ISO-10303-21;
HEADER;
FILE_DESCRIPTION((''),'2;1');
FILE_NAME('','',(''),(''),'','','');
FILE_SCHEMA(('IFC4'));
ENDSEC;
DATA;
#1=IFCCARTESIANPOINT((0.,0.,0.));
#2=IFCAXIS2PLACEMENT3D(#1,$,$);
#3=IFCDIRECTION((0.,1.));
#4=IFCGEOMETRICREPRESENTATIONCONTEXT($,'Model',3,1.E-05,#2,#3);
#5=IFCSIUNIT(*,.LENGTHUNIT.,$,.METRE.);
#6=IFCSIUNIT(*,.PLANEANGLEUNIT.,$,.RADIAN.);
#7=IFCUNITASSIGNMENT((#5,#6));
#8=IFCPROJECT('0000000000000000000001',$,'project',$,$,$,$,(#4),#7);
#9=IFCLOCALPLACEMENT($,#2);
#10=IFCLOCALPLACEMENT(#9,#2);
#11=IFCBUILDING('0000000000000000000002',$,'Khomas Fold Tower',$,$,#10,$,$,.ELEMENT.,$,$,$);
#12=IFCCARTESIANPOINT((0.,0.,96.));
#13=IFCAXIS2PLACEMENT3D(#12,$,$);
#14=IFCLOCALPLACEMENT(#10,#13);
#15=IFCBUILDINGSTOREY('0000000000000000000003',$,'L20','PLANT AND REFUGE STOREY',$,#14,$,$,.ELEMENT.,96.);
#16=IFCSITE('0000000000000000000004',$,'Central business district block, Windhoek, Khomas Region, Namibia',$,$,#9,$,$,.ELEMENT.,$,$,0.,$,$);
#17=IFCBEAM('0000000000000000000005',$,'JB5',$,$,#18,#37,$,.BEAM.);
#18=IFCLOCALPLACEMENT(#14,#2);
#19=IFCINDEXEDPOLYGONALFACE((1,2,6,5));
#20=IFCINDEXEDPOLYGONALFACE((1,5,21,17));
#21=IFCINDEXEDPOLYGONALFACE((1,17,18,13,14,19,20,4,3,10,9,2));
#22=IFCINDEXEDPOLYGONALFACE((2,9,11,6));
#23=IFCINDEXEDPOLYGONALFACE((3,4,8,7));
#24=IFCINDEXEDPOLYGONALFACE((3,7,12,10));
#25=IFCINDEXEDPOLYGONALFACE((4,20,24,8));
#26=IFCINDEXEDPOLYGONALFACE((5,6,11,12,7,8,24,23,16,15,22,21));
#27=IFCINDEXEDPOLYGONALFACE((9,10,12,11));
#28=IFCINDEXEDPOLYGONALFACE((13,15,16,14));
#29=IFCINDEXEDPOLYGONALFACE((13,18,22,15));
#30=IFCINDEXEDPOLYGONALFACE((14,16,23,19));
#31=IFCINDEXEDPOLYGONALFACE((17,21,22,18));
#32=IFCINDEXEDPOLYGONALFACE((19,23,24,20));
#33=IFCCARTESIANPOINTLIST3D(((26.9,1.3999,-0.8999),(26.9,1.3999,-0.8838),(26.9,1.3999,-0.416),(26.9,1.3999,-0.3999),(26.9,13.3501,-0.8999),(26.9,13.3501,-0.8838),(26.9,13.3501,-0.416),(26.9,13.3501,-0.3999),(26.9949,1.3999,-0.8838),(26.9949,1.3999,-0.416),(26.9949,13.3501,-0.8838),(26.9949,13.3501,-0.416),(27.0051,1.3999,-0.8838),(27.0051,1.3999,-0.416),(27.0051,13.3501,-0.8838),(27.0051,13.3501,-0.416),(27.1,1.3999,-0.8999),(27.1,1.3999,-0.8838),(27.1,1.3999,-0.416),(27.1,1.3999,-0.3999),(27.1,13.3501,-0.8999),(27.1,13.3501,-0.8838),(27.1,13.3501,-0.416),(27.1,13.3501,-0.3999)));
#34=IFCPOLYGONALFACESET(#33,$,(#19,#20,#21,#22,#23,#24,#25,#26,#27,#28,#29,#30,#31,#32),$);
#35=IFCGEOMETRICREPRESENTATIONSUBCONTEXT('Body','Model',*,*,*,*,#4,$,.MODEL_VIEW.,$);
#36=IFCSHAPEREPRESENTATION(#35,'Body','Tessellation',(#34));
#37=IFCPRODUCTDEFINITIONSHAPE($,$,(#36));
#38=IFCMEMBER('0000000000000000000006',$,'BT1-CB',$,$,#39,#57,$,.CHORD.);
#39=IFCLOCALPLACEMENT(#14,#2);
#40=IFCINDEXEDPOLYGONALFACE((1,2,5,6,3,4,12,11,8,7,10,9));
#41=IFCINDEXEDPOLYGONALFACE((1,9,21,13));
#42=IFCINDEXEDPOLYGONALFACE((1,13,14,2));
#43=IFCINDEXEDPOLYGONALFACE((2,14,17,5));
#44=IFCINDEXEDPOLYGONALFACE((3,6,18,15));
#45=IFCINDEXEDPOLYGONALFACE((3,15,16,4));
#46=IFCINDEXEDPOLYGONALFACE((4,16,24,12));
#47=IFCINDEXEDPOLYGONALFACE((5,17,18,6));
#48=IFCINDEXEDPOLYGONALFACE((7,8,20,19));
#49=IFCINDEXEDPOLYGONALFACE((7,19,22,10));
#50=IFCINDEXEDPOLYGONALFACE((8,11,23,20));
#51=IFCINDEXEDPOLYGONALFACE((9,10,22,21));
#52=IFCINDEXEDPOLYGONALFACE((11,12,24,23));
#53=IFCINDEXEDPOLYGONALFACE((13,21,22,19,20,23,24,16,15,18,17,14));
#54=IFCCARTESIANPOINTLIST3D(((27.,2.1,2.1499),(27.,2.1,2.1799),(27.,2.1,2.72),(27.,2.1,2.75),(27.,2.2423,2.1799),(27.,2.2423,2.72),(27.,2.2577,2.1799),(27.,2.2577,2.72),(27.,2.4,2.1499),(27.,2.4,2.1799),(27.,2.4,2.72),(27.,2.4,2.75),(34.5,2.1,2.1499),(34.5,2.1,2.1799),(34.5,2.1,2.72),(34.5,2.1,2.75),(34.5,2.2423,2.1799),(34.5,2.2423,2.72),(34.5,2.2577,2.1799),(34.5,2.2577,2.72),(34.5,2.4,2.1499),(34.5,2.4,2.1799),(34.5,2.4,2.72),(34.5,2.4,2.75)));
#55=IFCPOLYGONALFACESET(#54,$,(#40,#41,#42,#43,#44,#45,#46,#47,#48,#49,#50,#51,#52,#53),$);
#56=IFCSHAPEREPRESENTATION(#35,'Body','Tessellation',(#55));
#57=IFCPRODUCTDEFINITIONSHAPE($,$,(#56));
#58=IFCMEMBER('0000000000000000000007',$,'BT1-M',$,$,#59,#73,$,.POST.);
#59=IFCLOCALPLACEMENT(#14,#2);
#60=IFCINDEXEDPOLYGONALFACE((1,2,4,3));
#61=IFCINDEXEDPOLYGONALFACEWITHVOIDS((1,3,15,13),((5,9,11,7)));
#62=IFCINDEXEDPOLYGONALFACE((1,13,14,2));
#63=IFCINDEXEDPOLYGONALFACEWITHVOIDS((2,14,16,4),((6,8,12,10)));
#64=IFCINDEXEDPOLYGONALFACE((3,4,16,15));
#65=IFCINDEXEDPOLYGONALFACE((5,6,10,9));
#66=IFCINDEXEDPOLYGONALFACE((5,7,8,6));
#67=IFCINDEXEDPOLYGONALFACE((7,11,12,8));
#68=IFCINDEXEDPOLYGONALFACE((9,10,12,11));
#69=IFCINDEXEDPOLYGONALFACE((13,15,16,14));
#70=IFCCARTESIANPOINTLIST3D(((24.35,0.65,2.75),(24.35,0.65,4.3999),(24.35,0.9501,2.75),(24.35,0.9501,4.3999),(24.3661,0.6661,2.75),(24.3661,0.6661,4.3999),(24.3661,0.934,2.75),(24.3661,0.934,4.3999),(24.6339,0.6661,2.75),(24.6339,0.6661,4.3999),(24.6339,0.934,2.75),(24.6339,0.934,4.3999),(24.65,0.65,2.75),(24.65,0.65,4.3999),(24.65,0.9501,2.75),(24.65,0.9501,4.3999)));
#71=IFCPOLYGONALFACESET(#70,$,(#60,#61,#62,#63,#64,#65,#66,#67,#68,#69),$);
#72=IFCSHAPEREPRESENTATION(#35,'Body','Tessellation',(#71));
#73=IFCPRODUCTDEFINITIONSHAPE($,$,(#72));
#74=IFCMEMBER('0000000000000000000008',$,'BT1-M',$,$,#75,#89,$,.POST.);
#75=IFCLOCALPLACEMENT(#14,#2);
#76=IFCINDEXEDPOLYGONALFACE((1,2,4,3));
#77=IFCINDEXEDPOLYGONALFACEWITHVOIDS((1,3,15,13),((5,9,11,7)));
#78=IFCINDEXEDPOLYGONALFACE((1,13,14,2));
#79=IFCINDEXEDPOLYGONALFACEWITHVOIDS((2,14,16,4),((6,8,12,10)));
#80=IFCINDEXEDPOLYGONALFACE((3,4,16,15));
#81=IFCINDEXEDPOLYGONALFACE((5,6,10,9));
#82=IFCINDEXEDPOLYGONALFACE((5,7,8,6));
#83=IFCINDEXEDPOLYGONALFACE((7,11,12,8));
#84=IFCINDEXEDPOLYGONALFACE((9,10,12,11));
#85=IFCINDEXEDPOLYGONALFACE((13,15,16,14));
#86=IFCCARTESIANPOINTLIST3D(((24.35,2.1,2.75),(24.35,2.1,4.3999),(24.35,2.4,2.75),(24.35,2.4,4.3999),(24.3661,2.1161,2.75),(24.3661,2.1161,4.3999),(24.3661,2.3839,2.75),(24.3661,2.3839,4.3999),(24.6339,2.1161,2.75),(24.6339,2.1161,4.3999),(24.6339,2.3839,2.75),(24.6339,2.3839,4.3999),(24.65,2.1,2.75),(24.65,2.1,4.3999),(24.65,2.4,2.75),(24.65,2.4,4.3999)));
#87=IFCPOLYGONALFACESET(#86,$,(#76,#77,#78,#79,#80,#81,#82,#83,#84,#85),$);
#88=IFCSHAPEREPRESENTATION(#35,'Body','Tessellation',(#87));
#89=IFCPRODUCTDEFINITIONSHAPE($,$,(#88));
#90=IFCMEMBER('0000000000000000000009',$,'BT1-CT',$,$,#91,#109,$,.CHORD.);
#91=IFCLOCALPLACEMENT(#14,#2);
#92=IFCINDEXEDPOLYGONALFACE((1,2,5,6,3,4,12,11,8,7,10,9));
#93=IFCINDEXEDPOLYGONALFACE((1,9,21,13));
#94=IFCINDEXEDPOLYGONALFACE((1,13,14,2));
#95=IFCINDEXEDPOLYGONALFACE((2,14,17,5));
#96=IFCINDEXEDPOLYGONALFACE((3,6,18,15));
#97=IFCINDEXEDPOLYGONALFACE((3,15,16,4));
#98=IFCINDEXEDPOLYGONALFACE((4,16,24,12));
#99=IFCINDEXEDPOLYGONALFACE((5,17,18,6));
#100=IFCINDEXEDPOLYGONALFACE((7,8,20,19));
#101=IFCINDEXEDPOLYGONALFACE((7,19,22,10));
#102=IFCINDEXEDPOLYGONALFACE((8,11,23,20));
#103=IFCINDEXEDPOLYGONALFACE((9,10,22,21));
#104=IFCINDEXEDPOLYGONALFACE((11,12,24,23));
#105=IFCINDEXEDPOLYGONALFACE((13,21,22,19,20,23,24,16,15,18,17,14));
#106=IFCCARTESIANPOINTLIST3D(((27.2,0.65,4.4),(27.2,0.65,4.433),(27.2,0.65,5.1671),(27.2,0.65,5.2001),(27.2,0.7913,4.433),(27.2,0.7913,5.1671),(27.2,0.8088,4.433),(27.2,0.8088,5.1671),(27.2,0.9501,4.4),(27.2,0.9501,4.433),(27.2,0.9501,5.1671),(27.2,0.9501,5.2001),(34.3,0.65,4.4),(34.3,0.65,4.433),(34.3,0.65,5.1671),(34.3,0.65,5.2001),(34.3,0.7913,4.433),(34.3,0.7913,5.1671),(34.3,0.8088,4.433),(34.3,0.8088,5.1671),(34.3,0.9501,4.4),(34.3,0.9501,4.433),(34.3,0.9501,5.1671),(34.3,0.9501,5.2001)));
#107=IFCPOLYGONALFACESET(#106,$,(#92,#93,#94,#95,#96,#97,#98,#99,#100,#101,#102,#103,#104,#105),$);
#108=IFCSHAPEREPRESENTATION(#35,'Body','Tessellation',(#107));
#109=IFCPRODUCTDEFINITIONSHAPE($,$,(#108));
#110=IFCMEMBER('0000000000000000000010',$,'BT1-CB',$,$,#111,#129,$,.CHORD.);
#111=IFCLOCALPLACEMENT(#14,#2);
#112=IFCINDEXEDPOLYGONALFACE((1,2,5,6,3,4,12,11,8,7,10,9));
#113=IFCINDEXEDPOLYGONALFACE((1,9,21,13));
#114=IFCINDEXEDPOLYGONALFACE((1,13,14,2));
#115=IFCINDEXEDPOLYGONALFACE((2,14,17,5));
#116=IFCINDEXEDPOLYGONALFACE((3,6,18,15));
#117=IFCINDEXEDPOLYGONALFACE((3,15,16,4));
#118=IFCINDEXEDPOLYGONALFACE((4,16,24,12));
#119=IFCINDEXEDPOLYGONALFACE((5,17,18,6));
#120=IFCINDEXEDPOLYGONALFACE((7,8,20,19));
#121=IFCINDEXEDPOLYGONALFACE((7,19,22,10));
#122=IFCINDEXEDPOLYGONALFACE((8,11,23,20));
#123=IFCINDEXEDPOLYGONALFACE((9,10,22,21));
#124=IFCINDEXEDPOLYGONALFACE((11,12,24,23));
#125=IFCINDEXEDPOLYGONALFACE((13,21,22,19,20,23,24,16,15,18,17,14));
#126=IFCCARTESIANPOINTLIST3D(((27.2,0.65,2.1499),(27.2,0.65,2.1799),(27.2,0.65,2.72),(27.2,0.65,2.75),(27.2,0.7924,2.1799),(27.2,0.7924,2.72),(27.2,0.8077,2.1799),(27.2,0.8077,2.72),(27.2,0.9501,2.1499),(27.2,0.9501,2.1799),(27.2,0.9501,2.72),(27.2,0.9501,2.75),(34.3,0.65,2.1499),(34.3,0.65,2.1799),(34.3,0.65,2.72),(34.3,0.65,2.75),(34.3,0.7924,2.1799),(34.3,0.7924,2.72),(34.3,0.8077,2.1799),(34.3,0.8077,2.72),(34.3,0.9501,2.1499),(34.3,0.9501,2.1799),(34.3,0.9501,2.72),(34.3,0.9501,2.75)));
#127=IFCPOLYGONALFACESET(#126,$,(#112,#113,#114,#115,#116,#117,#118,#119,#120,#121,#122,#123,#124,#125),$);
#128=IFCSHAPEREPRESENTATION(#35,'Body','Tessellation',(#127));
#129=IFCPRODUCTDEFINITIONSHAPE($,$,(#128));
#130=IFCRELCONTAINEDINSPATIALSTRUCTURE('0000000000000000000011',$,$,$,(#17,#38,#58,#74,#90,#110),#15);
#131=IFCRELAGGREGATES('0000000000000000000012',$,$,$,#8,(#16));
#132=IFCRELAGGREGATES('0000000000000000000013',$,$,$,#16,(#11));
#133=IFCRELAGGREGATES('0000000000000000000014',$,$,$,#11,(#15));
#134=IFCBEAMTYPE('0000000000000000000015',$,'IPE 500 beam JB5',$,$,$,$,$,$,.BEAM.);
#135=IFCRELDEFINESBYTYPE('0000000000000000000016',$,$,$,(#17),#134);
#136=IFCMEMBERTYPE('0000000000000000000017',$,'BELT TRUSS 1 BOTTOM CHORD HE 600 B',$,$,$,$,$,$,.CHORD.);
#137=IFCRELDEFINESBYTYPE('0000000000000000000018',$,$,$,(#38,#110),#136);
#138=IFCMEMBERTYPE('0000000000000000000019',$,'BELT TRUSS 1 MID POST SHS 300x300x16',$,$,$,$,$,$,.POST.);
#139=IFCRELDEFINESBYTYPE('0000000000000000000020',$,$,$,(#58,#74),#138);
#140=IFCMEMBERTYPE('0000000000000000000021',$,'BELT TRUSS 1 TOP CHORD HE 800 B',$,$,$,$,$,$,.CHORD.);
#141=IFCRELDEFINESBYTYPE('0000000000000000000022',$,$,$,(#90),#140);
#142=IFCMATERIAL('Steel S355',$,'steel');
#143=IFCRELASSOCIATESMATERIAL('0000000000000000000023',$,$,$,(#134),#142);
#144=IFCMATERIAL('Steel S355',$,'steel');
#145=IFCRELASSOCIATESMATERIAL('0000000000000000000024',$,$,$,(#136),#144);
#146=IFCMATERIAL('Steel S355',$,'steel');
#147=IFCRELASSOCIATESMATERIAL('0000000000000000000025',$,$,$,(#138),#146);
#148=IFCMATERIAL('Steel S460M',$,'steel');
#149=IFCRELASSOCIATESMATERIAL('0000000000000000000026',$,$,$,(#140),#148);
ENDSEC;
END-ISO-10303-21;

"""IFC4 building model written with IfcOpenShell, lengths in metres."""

from ifc_helpers import new_model, si_unit, direction, frame, origin, origin_2d, place, context, subcontext, project, spatial, hollow_rectangle, i_section, extrude, source, transform, mapped, material, material_profile, profile_set, type_object, element, save


model = new_model("IFC4")

# Units and contexts
model_context = context("Model", 3, precision=1e-05, world=origin(), true_north=direction((0.0, 1.0)))
body_context = subcontext(model_context, "Body", "Model", "MODEL_VIEW")
ifc_project = project(units=[si_unit("LENGTHUNIT", "METRE"), si_unit("PLANEANGLEUNIT", "RADIAN")], contexts=[model_context])

# Site, building, storey
site_placement = place(None, origin())
site = spatial("IfcSite", under=ifc_project, at=site_placement, Name="Central business district block, Windhoek, Khomas Region, Namibia", CompositionType="ELEMENT", RefElevation=0.0)
building_placement = place(site_placement, origin())
building = spatial("IfcBuilding", under=site, at=building_placement, Name="Khomas Fold Tower", CompositionType="ELEMENT")
storey_placement = place(building_placement, frame((0.0, 0.0, 96.0)))
storey = spatial("IfcBuildingStorey", under=building, at=storey_placement, Name="L20", Description="PLANT AND REFUGE STOREY", CompositionType="ELEMENT", Elevation=96.0)

# Beam
ifc_material_1 = material(Name="Steel S355", Category="steel")
ifc_material_profile_1 = material_profile(ifc_material_1, i_section(OverallWidth=0.2, OverallDepth=0.5, WebThickness=0.0103, FlangeThickness=0.0161, at=origin_2d()), Name="IPE 500")
ifc_profile_set_1 = profile_set([ifc_material_profile_1], Name="Steel S355")
beam_type_1 = type_object("IfcBeamType", Name="IPE 500 beam JB5", PredefinedType="BEAM", material=ifc_profile_set_1)
shared_shape_1 = source(origin(), body_context, "Body", "SweptSolid", [
    extrude(i_section(OverallWidth=0.2, OverallDepth=0.5, WebThickness=0.0103, FlangeThickness=0.0161, at=origin_2d()), origin(), (0.0, 0.0, 1.0), 11.9502),
])
beam_1_placement = place(storey_placement, frame((27.0, 1.3999, -0.6499), z_axis=(0.0, 1.0, 0.0), x_axis=(-1.0, 0.0, 0.0)))
element("IfcBeam", 1, at=beam_1_placement, inside=storey, type_object=beam_type_1, Name="JB5", PredefinedType="BEAM", context=body_context, shape_type="MappedRepresentation", body=[
    mapped(shared_shape_1, transform((0.0, 0.0, 0.0))),
])

# Members
ifc_material_2 = material(Name="Steel S355", Category="steel")
ifc_material_profile_2 = material_profile(ifc_material_2, i_section(OverallWidth=0.3, OverallDepth=0.6001, WebThickness=0.0154, FlangeThickness=0.03, at=origin_2d()), Name="HE 600 B")
ifc_profile_set_2 = profile_set([ifc_material_profile_2], Name="Steel S355")
member_type_1 = type_object("IfcMemberType", Name="BELT TRUSS 1 BOTTOM CHORD HE 600 B", PredefinedType="CHORD", material=ifc_profile_set_2)
shared_shape_2 = source(origin(), body_context, "Body", "SweptSolid", [
    extrude(i_section(OverallWidth=0.3, OverallDepth=0.6001, WebThickness=0.0154, FlangeThickness=0.03, at=origin_2d()), origin(), (0.0, 0.0, 1.0), 7.5),
])
member_1_placement = place(storey_placement, frame((27.0, 2.25, 2.45), z_axis=(1.0, 0.0, 0.0), x_axis=(0.0, 1.0, 0.0)))
element("IfcMember", 2, at=member_1_placement, inside=storey, type_object=member_type_1, Name="BT1-CB", PredefinedType="CHORD", context=body_context, shape_type="MappedRepresentation", body=[
    mapped(shared_shape_2, transform((0.0, 0.0, 0.0))),
])
ifc_material_3 = material(Name="Steel S355", Category="steel")
ifc_material_profile_3 = material_profile(ifc_material_3, hollow_rectangle(XDim=0.3, YDim=0.3, WallThickness=0.0161, at=origin_2d()), Name="SHS 300x300x16")
ifc_profile_set_3 = profile_set([ifc_material_profile_3], Name="Steel S355")
member_type_2 = type_object("IfcMemberType", Name="BELT TRUSS 1 MID POST SHS 300x300x16", PredefinedType="POST", material=ifc_profile_set_3)
shared_shape_3 = source(origin(), body_context, "Body", "SweptSolid", [
    extrude(hollow_rectangle(XDim=0.3, YDim=0.3, WallThickness=0.0161, at=origin_2d()), origin(), (0.0, 0.0, 1.0), 1.6499),
])
for number, where, z_axis, x_axis, name in (
    (3, (24.5, 0.8, 2.75), (0.0, 0.0, 1.0), (1.0, 0.0, 0.0), "BT1-M"),
    (4, (24.5, 2.25, 2.75), (0.0, 0.0, 1.0), (1.0, 0.0, 0.0), "BT1-M"),
):
    element("IfcMember", number, at=place(storey_placement, frame(where, z_axis=z_axis, x_axis=x_axis)), inside=storey, type_object=member_type_2, Name=name, PredefinedType="POST", context=body_context, shape_type="MappedRepresentation", body=[
        mapped(shared_shape_3, transform((0.0, 0.0, 0.0))),
    ])
ifc_material_4 = material(Name="Steel S460M", Category="steel")
ifc_material_profile_4 = material_profile(ifc_material_4, i_section(OverallWidth=0.3, OverallDepth=0.8, WebThickness=0.0176, FlangeThickness=0.033, at=origin_2d()), Name="HE 800 B")
ifc_profile_set_4 = profile_set([ifc_material_profile_4], Name="Steel S460M")
member_type_3 = type_object("IfcMemberType", Name="BELT TRUSS 1 TOP CHORD HE 800 B", PredefinedType="CHORD", material=ifc_profile_set_4)
shared_shape_4 = source(origin(), body_context, "Body", "SweptSolid", [
    extrude(i_section(OverallWidth=0.3, OverallDepth=0.8, WebThickness=0.0176, FlangeThickness=0.033, at=origin_2d()), origin(), (0.0, 0.0, 1.0), 7.1001),
])
member_2_placement = place(storey_placement, frame((27.2, 0.8, 4.8), z_axis=(1.0, 0.0, 0.0), x_axis=(0.0, 1.0, 0.0)))
element("IfcMember", 5, at=member_2_placement, inside=storey, type_object=member_type_3, Name="BT1-CT", PredefinedType="CHORD", context=body_context, shape_type="MappedRepresentation", body=[
    mapped(shared_shape_4, transform((0.0, 0.0, 0.0))),
])
shared_shape_5 = source(origin(), body_context, "Body", "SweptSolid", [
    extrude(i_section(OverallWidth=0.3, OverallDepth=0.6001, WebThickness=0.0154, FlangeThickness=0.03, at=origin_2d()), origin(), (0.0, 0.0, 1.0), 7.1001),
])
member_3_placement = place(storey_placement, frame((27.2, 0.8, 2.45), z_axis=(1.0, 0.0, 0.0), x_axis=(0.0, 1.0, 0.0)))
element("IfcMember", 6, at=member_3_placement, inside=storey, type_object=member_type_1, Name="BT1-CB", PredefinedType="CHORD", context=body_context, shape_type="MappedRepresentation", body=[
    mapped(shared_shape_5, transform((0.0, 0.0, 0.0))),
])

save(model, "model.ifc")
